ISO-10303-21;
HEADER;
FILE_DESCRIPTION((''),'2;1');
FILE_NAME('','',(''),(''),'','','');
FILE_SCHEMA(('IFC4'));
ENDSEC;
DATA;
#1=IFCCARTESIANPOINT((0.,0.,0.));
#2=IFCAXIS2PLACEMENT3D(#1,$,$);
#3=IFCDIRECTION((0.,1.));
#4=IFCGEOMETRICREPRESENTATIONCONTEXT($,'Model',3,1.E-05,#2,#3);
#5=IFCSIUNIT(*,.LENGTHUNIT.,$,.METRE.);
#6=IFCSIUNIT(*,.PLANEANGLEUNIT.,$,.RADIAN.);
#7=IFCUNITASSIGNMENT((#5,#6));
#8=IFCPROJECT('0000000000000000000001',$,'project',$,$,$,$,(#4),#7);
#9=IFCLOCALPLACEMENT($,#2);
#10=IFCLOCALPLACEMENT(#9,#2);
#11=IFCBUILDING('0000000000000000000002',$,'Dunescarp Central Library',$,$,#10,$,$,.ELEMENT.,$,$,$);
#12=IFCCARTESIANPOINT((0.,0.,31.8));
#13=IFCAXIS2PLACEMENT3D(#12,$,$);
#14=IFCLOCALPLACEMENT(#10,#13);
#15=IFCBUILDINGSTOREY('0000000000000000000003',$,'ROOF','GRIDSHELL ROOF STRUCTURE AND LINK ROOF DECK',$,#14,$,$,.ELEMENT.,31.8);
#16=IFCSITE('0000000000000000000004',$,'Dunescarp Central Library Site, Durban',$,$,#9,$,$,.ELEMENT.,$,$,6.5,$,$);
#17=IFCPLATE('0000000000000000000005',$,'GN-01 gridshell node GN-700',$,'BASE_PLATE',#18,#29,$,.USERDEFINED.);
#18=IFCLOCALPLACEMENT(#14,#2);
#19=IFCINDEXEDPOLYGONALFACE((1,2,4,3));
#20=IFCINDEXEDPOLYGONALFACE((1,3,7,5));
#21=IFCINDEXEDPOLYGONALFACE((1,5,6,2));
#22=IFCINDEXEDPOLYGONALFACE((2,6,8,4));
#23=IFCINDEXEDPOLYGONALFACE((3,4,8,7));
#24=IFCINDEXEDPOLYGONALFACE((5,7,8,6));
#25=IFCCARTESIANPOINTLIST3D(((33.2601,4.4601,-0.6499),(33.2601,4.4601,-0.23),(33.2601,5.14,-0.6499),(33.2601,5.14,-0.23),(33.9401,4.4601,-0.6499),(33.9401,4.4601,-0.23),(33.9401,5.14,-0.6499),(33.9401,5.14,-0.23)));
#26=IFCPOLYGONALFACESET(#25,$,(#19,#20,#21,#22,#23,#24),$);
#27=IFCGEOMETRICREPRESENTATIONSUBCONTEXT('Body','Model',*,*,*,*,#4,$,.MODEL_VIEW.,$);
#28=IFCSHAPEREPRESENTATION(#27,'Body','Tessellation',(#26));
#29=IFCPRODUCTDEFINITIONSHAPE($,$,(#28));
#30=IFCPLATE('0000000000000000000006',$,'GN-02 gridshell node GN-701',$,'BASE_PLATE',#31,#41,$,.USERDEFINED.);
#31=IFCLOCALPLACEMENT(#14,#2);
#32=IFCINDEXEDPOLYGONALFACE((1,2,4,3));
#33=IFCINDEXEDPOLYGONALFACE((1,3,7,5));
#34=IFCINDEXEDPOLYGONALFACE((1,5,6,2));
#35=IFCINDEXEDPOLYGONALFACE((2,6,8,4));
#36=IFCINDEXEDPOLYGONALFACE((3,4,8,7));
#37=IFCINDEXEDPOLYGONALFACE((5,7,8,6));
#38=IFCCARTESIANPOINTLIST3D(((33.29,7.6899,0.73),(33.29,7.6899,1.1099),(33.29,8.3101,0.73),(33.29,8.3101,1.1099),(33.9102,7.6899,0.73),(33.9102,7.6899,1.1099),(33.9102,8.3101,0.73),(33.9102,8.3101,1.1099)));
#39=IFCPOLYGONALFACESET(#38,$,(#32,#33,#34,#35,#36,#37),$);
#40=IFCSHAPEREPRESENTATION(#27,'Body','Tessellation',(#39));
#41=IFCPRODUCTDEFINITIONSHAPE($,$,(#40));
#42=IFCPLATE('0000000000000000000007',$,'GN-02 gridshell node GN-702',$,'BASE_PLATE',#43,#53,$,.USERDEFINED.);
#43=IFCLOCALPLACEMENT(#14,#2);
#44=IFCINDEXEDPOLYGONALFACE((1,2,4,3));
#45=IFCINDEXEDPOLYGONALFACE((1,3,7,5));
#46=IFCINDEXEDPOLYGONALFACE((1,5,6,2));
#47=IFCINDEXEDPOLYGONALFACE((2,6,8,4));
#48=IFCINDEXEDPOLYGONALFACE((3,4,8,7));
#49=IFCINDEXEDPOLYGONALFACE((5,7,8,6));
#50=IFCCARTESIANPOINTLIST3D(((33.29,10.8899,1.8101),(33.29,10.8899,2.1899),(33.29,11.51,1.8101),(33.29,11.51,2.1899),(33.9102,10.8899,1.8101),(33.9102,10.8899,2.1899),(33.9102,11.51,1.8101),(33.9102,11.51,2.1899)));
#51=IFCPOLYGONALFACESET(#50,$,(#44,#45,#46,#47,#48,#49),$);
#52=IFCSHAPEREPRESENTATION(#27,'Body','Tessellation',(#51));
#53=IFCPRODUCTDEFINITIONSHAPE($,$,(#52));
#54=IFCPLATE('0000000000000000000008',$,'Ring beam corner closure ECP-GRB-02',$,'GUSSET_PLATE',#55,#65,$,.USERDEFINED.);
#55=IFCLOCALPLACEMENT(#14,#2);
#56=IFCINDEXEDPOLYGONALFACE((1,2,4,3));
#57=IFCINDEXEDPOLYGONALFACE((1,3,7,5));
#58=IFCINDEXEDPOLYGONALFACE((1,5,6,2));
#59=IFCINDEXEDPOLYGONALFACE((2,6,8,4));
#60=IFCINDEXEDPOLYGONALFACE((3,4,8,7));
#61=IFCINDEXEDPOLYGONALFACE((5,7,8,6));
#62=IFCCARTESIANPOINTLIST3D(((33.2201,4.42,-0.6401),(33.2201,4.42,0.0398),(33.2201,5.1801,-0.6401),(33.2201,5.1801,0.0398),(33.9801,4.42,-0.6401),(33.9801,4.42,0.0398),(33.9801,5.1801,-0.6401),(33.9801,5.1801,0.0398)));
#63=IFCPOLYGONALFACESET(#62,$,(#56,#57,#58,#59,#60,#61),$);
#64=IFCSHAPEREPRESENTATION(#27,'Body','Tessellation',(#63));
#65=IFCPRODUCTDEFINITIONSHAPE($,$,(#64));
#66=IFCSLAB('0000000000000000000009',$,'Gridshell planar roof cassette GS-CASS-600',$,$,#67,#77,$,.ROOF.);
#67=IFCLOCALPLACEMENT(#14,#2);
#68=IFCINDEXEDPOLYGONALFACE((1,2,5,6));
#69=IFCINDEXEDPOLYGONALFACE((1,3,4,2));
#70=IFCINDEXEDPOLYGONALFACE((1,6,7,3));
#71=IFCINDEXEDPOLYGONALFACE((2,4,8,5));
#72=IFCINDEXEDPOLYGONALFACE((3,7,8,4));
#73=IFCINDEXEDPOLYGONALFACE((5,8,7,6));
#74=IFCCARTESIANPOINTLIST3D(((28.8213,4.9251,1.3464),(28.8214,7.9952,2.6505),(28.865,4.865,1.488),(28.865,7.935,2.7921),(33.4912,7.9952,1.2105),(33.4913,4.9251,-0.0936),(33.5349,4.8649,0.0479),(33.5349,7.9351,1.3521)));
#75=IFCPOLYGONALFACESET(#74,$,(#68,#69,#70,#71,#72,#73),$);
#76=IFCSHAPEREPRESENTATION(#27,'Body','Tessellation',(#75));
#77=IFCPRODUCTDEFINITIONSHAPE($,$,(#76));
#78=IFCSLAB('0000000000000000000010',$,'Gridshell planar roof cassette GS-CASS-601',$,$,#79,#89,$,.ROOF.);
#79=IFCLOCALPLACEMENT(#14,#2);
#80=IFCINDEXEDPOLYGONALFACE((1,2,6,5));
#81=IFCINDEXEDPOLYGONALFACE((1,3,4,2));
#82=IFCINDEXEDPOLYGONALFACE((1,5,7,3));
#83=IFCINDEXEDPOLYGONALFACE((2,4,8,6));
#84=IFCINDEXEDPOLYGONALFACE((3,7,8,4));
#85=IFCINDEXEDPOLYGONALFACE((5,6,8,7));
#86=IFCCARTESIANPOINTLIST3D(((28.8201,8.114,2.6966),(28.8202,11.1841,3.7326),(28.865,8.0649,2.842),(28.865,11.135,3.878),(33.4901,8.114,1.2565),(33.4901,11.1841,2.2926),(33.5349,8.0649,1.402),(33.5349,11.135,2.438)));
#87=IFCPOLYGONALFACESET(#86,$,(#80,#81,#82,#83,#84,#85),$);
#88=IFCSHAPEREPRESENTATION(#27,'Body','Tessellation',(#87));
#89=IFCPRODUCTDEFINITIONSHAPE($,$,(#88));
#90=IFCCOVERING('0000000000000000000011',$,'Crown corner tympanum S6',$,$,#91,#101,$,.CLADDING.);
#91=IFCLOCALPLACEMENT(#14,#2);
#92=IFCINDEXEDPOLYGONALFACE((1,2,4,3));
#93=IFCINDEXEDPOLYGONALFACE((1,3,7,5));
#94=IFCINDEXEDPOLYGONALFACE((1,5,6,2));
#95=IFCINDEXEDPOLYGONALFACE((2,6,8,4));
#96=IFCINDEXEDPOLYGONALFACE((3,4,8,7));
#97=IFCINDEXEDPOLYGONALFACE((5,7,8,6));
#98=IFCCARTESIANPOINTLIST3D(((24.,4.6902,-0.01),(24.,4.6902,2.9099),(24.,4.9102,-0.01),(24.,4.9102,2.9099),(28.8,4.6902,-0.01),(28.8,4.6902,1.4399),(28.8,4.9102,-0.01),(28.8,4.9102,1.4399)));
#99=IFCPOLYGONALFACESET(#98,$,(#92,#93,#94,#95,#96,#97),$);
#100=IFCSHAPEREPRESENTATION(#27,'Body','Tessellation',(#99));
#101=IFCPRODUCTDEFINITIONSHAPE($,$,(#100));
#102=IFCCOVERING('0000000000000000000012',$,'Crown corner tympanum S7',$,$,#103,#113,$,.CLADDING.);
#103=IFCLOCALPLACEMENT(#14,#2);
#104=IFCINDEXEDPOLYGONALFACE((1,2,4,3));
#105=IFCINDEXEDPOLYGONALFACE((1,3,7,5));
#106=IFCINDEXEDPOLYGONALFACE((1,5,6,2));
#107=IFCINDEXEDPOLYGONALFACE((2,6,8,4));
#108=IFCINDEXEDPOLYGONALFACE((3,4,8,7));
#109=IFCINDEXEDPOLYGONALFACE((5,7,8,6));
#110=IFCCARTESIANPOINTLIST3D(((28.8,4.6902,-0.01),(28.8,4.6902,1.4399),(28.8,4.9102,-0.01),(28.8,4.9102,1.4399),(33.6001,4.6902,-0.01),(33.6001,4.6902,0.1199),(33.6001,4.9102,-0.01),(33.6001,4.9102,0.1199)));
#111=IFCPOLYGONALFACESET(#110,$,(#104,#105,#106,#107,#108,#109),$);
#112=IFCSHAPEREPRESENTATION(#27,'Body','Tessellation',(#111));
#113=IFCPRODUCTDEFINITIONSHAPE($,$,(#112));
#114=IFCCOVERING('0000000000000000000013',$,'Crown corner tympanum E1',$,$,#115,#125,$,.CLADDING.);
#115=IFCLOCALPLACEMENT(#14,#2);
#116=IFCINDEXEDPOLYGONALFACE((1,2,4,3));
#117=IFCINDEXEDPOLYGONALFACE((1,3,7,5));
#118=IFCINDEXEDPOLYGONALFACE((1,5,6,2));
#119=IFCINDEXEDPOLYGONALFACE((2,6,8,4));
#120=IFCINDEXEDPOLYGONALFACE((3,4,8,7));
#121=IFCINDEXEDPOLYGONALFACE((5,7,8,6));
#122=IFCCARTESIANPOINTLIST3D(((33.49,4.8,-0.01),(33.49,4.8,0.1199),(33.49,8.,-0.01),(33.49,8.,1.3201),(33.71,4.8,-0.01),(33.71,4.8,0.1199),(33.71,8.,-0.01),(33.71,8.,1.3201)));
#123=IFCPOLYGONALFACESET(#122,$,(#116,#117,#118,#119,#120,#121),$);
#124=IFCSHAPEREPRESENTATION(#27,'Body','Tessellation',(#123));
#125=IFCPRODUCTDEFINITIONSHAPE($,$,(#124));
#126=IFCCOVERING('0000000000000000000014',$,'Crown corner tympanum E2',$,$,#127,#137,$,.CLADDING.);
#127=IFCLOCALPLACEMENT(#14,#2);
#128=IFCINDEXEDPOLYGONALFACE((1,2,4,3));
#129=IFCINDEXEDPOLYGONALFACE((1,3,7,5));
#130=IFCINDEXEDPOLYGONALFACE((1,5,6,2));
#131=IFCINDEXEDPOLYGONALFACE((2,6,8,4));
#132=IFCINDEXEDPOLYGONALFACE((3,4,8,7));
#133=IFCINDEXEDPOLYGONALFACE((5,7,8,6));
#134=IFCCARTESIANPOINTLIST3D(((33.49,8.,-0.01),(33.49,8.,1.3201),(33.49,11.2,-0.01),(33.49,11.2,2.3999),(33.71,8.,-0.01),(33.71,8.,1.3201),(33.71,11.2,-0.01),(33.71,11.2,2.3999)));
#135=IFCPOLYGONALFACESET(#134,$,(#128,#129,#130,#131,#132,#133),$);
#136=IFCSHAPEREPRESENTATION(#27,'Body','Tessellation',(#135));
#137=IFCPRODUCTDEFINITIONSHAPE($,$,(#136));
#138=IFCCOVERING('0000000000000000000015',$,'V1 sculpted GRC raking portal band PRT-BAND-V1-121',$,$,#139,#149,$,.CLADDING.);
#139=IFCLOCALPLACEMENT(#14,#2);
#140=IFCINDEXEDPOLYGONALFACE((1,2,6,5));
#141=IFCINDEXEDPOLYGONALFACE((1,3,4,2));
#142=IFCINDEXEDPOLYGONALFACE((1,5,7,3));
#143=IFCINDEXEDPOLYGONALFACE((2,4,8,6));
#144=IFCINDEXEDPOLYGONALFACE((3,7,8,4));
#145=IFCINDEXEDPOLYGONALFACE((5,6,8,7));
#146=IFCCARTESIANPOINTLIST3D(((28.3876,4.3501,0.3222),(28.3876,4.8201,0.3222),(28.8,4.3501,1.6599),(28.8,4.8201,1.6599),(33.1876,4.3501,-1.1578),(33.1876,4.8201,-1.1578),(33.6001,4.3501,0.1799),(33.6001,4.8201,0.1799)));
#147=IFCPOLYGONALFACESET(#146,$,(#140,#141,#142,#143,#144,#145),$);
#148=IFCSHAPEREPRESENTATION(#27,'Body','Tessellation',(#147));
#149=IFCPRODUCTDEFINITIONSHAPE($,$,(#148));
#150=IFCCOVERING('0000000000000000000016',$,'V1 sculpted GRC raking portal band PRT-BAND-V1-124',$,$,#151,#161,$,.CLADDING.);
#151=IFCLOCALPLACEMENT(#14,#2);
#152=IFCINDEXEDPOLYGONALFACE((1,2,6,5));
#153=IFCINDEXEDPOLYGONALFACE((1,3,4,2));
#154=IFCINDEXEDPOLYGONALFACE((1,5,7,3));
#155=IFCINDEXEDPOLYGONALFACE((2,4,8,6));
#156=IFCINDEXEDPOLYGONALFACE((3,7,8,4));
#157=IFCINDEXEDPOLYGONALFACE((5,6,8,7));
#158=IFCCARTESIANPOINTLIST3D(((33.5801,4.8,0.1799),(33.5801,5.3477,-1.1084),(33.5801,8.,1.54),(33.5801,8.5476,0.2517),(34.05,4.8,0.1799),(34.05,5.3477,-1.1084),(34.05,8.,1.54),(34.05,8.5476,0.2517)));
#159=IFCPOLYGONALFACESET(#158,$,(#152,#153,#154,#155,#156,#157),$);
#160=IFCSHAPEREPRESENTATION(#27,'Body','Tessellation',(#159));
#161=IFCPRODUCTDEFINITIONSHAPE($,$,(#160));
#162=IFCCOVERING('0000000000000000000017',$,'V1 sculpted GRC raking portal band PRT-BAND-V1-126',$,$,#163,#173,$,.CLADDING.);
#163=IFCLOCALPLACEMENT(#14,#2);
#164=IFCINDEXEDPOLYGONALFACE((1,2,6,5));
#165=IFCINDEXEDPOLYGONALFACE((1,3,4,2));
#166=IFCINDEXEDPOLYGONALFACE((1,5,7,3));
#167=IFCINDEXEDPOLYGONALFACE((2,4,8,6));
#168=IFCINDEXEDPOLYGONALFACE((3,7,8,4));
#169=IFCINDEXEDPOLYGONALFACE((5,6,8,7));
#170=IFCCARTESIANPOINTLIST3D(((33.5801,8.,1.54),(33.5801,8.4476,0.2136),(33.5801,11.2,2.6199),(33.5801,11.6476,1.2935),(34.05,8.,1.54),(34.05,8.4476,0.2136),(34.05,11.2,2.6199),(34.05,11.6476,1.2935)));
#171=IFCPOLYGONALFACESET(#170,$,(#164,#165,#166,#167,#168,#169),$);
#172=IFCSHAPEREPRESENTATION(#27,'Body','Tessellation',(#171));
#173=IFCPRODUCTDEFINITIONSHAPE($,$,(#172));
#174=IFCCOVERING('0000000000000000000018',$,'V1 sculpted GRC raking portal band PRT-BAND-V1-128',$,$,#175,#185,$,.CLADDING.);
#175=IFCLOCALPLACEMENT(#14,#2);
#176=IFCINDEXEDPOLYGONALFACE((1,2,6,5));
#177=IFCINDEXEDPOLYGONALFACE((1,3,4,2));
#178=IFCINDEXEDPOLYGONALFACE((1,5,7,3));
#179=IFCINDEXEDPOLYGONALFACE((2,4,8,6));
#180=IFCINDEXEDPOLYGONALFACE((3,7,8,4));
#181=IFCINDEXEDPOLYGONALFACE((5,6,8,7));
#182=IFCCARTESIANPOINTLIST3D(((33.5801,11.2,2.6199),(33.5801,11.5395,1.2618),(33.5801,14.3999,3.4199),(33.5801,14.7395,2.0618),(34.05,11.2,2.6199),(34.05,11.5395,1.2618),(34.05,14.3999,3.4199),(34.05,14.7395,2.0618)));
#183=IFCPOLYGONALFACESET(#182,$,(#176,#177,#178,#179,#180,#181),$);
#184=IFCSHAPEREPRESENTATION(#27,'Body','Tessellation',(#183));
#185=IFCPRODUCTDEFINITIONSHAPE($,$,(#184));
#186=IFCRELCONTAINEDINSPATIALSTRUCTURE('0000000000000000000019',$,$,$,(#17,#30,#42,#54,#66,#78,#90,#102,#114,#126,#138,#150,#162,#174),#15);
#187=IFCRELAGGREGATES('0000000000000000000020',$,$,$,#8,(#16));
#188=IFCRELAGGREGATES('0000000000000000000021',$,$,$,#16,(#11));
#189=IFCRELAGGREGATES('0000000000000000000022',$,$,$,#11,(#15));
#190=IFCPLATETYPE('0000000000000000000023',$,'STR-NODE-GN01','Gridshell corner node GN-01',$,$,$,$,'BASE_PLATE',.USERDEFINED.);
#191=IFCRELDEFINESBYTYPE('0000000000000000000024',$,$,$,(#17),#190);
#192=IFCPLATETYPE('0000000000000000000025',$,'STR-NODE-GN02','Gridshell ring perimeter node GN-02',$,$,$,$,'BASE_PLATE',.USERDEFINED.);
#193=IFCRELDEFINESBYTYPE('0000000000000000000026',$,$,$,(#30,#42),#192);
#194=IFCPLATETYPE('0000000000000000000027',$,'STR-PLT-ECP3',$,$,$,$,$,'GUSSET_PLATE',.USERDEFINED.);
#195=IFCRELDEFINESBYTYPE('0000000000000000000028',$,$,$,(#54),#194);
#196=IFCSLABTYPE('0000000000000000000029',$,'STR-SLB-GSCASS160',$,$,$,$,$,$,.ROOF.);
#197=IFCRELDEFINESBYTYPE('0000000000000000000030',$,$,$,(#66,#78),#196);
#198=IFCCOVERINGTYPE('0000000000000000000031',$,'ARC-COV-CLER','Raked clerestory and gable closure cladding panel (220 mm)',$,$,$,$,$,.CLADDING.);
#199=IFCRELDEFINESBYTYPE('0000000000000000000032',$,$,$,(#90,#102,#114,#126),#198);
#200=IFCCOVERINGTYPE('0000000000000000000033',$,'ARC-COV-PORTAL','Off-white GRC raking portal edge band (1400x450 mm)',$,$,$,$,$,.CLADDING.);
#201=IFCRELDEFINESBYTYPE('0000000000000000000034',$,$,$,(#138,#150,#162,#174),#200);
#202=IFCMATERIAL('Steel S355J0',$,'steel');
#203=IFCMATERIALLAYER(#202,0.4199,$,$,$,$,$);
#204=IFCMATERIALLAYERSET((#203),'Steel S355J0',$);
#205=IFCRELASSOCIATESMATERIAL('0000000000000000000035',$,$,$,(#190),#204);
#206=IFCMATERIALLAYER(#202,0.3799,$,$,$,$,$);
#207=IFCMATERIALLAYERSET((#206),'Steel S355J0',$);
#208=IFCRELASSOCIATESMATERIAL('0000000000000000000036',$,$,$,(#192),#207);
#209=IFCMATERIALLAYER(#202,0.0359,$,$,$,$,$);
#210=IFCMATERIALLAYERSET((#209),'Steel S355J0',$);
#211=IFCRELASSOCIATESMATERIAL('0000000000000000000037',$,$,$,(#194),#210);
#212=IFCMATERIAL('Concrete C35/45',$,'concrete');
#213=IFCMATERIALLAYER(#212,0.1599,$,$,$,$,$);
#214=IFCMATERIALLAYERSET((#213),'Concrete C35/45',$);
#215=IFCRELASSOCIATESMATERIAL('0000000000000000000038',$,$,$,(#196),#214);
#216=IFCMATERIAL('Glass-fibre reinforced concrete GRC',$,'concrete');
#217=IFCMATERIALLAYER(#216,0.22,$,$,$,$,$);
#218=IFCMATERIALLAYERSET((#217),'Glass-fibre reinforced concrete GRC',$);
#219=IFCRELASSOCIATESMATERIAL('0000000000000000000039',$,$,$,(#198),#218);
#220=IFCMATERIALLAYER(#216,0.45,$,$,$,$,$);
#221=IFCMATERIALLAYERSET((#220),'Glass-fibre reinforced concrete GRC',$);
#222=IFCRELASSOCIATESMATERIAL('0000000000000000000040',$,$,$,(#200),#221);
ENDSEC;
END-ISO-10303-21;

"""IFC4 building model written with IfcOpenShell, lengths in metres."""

from ifc_helpers import new_model, si_unit, direction, frame, origin, origin_2d, place, context, subcontext, project, spatial, polyline, rectangle, outline, extrude, material, layer, layer_set, type_object, element, save


model = new_model("IFC4")

# Units and contexts
model_context = context("Model", 3, precision=1e-05, world=origin(), true_north=direction((0.0, 1.0)))
body_context = subcontext(model_context, "Body", "Model", "MODEL_VIEW")
ifc_project = project(units=[si_unit("LENGTHUNIT", "METRE"), si_unit("PLANEANGLEUNIT", "RADIAN")], contexts=[model_context])

# Site, building, storey
site_placement = place(None, origin())
site = spatial("IfcSite", under=ifc_project, at=site_placement, Name="Dunescarp Central Library Site, Durban", CompositionType="ELEMENT", RefElevation=6.5)
building_placement = place(site_placement, origin())
building = spatial("IfcBuilding", under=site, at=building_placement, Name="Dunescarp Central Library", CompositionType="ELEMENT")
storey_placement = place(building_placement, frame((0.0, 0.0, 31.8)))
storey = spatial("IfcBuildingStorey", under=building, at=storey_placement, Name="ROOF", Description="GRIDSHELL ROOF STRUCTURE AND LINK ROOF DECK", CompositionType="ELEMENT", Elevation=31.8)

# Shared definitions
ifc_material_1 = material(Name="Steel S355J0", Category="steel")

# Plates
ifc_layer_1 = layer(ifc_material_1, 0.4199)
ifc_layer_set_1 = layer_set([ifc_layer_1], Name="Steel S355J0")
plate_type_1 = type_object("IfcPlateType", Name="STR-NODE-GN01", Description="Gridshell corner node GN-01", ElementType="BASE_PLATE", PredefinedType="USERDEFINED", material=ifc_layer_set_1)
plate_1_placement = place(storey_placement, frame((33.6001, 4.8, -0.6499), z_axis=(0.0, 0.0, 1.0), x_axis=(1.0, 0.0, 0.0)))
element("IfcPlate", 1, at=plate_1_placement, inside=storey, type_object=plate_type_1, Name="GN-01 gridshell node GN-700", ObjectType="BASE_PLATE", PredefinedType="USERDEFINED", context=body_context, shape_type="SweptSolid", body=[
    extrude(rectangle(XDim=0.6799, YDim=0.6799, at=origin_2d()), origin(), (0.0, 0.0, 1.0), 0.4199),
])
ifc_layer_2 = layer(ifc_material_1, 0.3799)
ifc_layer_set_2 = layer_set([ifc_layer_2], Name="Steel S355J0")
plate_type_2 = type_object("IfcPlateType", Name="STR-NODE-GN02", Description="Gridshell ring perimeter node GN-02", ElementType="BASE_PLATE", PredefinedType="USERDEFINED", material=ifc_layer_set_2)
for number, where, z_axis, x_axis, name in (
    (2, (33.6001, 8.0, 0.73), (0.0, 0.0, 1.0), (1.0, 0.0, 0.0), "GN-02 gridshell node GN-701"),
    (3, (33.6001, 11.2, 1.8101), (0.0, 0.0, 1.0), (1.0, 0.0, 0.0), "GN-02 gridshell node GN-702"),
):
    element("IfcPlate", number, at=place(storey_placement, frame(where, z_axis=z_axis, x_axis=x_axis)), inside=storey, type_object=plate_type_2, Name=name, ObjectType="BASE_PLATE", PredefinedType="USERDEFINED", context=body_context, shape_type="SweptSolid", body=[
        extrude(rectangle(XDim=0.6201, YDim=0.6201, at=origin_2d()), origin(), (0.0, 0.0, 1.0), 0.3799),
    ])
ifc_layer_3 = layer(ifc_material_1, 0.0359)
ifc_layer_set_3 = layer_set([ifc_layer_3], Name="Steel S355J0")
plate_type_3 = type_object("IfcPlateType", Name="STR-PLT-ECP3", ElementType="GUSSET_PLATE", PredefinedType="USERDEFINED", material=ifc_layer_set_3)
plate_2_placement = place(storey_placement, frame((33.6001, 4.8, -0.6401), z_axis=(0.0, 0.0, 1.0), x_axis=(1.0, 0.0, 0.0)))
element("IfcPlate", 4, at=plate_2_placement, inside=storey, type_object=plate_type_3, Name="Ring beam corner closure ECP-GRB-02", ObjectType="GUSSET_PLATE", PredefinedType="USERDEFINED", context=body_context, shape_type="SweptSolid", body=[
    extrude(rectangle(XDim=0.76, YDim=0.76, at=origin_2d()), origin(), (0.0, 0.0, 1.0), 0.6799),
])

# Slabs
ifc_material_2 = material(Name="Concrete C35/45", Category="concrete")
ifc_layer_4 = layer(ifc_material_2, 0.1599)
ifc_layer_set_4 = layer_set([ifc_layer_4], Name="Concrete C35/45")
slab_type = type_object("IfcSlabType", Name="STR-SLB-GSCASS160", PredefinedType="ROOF", material=ifc_layer_set_4)
slab_1_placement = place(storey_placement, frame((28.865, 4.865, 1.488), z_axis=(0.273041, -0.376107, 0.885433), x_axis=(0.955596, -0.000008, -0.294681)))
element("IfcSlab", 5, at=slab_1_placement, inside=storey, type_object=slab_type, Name="Gridshell planar roof cassette GS-CASS-600", PredefinedType="ROOF", context=body_context, shape_type="SweptSolid", body=[
    extrude(outline(polyline([(0.0, 0.0), (4.887, 0.0), (4.5026, 3.3134), (-0.3843, 3.3133), (0.0, 0.0)])), origin(), (0.0, 0.0, -1.0), 0.1599),
])
slab_2_placement = place(storey_placement, frame((28.865, 8.0649, 2.842), z_axis=(0.280456, -0.306908, 0.909479), x_axis=(0.955596, -0.000007, -0.294679)))
element("IfcSlab", 6, at=slab_2_placement, inside=storey, type_object=slab_type, Name="Gridshell planar roof cassette GS-CASS-601", PredefinedType="ROOF", context=body_context, shape_type="SweptSolid", body=[
    extrude(outline(polyline([(0.0, 0.0), (4.887, 0.0), (4.5816, 3.2258), (-0.3053, 3.2257), (0.0, 0.0)])), origin(), (0.0, 0.0, -1.0), 0.1599),
])

# Coverings
ifc_material_3 = material(Name="Glass-fibre reinforced concrete GRC", Category="concrete")
ifc_layer_5 = layer(ifc_material_3, 0.22)
ifc_layer_set_5 = layer_set([ifc_layer_5], Name="Glass-fibre reinforced concrete GRC")
covering_type_1 = type_object("IfcCoveringType", Name="ARC-COV-CLER", Description="Raked clerestory and gable closure cladding panel (220 mm)", PredefinedType="CLADDING", material=ifc_layer_set_5)
covering_1_placement = place(storey_placement, frame((28.8, 4.8, -0.01), z_axis=(0.0, 0.0, 1.0), x_axis=(-1.0, 0.0, 0.0)))
element("IfcCovering", 7, at=covering_1_placement, inside=storey, type_object=covering_type_1, Name="Crown corner tympanum S6", PredefinedType="CLADDING", context=body_context, shape_type="SweptSolid", body=[
    extrude(outline(polyline([(0.0, 0.0), (4.8, 0.0), (4.8, 2.9199), (0.0, 1.45), (0.0, 0.0)])), frame((0.0, 0.1099, 0.0), z_axis=(0.0, -1.0, 0.0), x_axis=(1.0, 0.0, 0.0)), (0.0, 0.0, 1.0), 0.22),
])
covering_2_placement = place(storey_placement, frame((33.6001, 4.8, -0.01), z_axis=(0.0, 0.0, 1.0), x_axis=(-1.0, 0.0, 0.0)))
element("IfcCovering", 8, at=covering_2_placement, inside=storey, type_object=covering_type_1, Name="Crown corner tympanum S7", PredefinedType="CLADDING", context=body_context, shape_type="SweptSolid", body=[
    extrude(outline(polyline([(0.0, 0.0), (4.8, 0.0), (4.8, 1.45), (0.0, 0.1299), (0.0, 0.0)])), frame((0.0, 0.1099, 0.0), z_axis=(0.0, -1.0, 0.0), x_axis=(1.0, 0.0, 0.0)), (0.0, 0.0, 1.0), 0.22),
])
covering_3_placement = place(storey_placement, frame((33.6001, 8.0, -0.01), z_axis=(0.0, 0.0, 1.0), x_axis=(0.0, -1.0, 0.0)))
element("IfcCovering", 9, at=covering_3_placement, inside=storey, type_object=covering_type_1, Name="Crown corner tympanum E1", PredefinedType="CLADDING", context=body_context, shape_type="SweptSolid", body=[
    extrude(outline(polyline([(0.0, 0.0), (3.2, 0.0), (3.2, 0.1299), (0.0, 1.3301), (0.0, 0.0)])), frame((0.0, 0.1099, 0.0), z_axis=(0.0, -1.0, 0.0), x_axis=(1.0, 0.0, 0.0)), (0.0, 0.0, 1.0), 0.22),
])
covering_4_placement = place(storey_placement, frame((33.6001, 11.2, -0.01), z_axis=(0.0, 0.0, 1.0), x_axis=(0.0, -1.0, 0.0)))
element("IfcCovering", 10, at=covering_4_placement, inside=storey, type_object=covering_type_1, Name="Crown corner tympanum E2", PredefinedType="CLADDING", context=body_context, shape_type="SweptSolid", body=[
    extrude(outline(polyline([(0.0, 0.0), (3.2, 0.0), (3.2, 1.3301), (0.0, 2.4099), (0.0, 0.0)])), frame((0.0, 0.1099, 0.0), z_axis=(0.0, -1.0, 0.0), x_axis=(1.0, 0.0, 0.0)), (0.0, 0.0, 1.0), 0.22),
])
ifc_layer_6 = layer(ifc_material_3, 0.45)
ifc_layer_set_6 = layer_set([ifc_layer_6], Name="Glass-fibre reinforced concrete GRC")
covering_type_2 = type_object("IfcCoveringType", Name="ARC-COV-PORTAL", Description="Off-white GRC raking portal edge band (1400x450 mm)", PredefinedType="CLADDING", material=ifc_layer_set_6)
covering_5_placement = place(storey_placement, frame((28.8, 4.3501, 1.6599), z_axis=(0.294639, 0.0, 0.955609), x_axis=(0.955609, 0.0, -0.294639)))
element("IfcCovering", 11, at=covering_5_placement, inside=storey, type_object=covering_type_2, Name="V1 sculpted GRC raking portal band PRT-BAND-V1-121", PredefinedType="CLADDING", context=body_context, shape_type="SweptSolid", body=[
    extrude(outline(polyline([(0.0, 0.0), (5.023, 0.0), (5.023, 0.47), (0.0, 0.47), (0.0, 0.0)])), origin(), (0.0, 0.0, -1.0), 1.3999),
])
covering_6_placement = place(storey_placement, frame((33.5801, 4.8, 0.1799), z_axis=(0.0, -0.391172, 0.920318), x_axis=(1.0, 0.0, 0.0)))
element("IfcCovering", 12, at=covering_6_placement, inside=storey, type_object=covering_type_2, Name="V1 sculpted GRC raking portal band PRT-BAND-V1-124", PredefinedType="CLADDING", context=body_context, shape_type="SweptSolid", body=[
    extrude(outline(polyline([(0.0, 0.0), (0.47, 0.0), (0.47, 3.477), (0.0, 3.477), (0.0, 0.0)])), origin(), (0.0, 0.0, -1.0), 1.3999),
])
covering_7_placement = place(storey_placement, frame((33.5801, 8.0, 1.54), z_axis=(0.0, -0.319739, 0.947506), x_axis=(1.0, 0.0, 0.0)))
element("IfcCovering", 13, at=covering_7_placement, inside=storey, type_object=covering_type_2, Name="V1 sculpted GRC raking portal band PRT-BAND-V1-126", PredefinedType="CLADDING", context=body_context, shape_type="SweptSolid", body=[
    extrude(outline(polyline([(0.0, 0.0), (0.47, 0.0), (0.47, 3.3772), (0.0, 3.3772), (0.0, 0.0)])), origin(), (0.0, 0.0, -1.0), 1.3999),
])
covering_8_placement = place(storey_placement, frame((33.5801, 11.2, 2.6199), z_axis=(0.0, -0.242553, 0.970138), x_axis=(1.0, 0.0, 0.0)))
element("IfcCovering", 14, at=covering_8_placement, inside=storey, type_object=covering_type_2, Name="V1 sculpted GRC raking portal band PRT-BAND-V1-128", PredefinedType="CLADDING", context=body_context, shape_type="SweptSolid", body=[
    extrude(outline(polyline([(0.0, 0.0), (0.47, 0.0), (0.47, 3.2984), (0.0, 3.2984), (0.0, 0.0)])), origin(), (0.0, 0.0, -1.0), 1.3999),
])

save(model, "model.ifc")
